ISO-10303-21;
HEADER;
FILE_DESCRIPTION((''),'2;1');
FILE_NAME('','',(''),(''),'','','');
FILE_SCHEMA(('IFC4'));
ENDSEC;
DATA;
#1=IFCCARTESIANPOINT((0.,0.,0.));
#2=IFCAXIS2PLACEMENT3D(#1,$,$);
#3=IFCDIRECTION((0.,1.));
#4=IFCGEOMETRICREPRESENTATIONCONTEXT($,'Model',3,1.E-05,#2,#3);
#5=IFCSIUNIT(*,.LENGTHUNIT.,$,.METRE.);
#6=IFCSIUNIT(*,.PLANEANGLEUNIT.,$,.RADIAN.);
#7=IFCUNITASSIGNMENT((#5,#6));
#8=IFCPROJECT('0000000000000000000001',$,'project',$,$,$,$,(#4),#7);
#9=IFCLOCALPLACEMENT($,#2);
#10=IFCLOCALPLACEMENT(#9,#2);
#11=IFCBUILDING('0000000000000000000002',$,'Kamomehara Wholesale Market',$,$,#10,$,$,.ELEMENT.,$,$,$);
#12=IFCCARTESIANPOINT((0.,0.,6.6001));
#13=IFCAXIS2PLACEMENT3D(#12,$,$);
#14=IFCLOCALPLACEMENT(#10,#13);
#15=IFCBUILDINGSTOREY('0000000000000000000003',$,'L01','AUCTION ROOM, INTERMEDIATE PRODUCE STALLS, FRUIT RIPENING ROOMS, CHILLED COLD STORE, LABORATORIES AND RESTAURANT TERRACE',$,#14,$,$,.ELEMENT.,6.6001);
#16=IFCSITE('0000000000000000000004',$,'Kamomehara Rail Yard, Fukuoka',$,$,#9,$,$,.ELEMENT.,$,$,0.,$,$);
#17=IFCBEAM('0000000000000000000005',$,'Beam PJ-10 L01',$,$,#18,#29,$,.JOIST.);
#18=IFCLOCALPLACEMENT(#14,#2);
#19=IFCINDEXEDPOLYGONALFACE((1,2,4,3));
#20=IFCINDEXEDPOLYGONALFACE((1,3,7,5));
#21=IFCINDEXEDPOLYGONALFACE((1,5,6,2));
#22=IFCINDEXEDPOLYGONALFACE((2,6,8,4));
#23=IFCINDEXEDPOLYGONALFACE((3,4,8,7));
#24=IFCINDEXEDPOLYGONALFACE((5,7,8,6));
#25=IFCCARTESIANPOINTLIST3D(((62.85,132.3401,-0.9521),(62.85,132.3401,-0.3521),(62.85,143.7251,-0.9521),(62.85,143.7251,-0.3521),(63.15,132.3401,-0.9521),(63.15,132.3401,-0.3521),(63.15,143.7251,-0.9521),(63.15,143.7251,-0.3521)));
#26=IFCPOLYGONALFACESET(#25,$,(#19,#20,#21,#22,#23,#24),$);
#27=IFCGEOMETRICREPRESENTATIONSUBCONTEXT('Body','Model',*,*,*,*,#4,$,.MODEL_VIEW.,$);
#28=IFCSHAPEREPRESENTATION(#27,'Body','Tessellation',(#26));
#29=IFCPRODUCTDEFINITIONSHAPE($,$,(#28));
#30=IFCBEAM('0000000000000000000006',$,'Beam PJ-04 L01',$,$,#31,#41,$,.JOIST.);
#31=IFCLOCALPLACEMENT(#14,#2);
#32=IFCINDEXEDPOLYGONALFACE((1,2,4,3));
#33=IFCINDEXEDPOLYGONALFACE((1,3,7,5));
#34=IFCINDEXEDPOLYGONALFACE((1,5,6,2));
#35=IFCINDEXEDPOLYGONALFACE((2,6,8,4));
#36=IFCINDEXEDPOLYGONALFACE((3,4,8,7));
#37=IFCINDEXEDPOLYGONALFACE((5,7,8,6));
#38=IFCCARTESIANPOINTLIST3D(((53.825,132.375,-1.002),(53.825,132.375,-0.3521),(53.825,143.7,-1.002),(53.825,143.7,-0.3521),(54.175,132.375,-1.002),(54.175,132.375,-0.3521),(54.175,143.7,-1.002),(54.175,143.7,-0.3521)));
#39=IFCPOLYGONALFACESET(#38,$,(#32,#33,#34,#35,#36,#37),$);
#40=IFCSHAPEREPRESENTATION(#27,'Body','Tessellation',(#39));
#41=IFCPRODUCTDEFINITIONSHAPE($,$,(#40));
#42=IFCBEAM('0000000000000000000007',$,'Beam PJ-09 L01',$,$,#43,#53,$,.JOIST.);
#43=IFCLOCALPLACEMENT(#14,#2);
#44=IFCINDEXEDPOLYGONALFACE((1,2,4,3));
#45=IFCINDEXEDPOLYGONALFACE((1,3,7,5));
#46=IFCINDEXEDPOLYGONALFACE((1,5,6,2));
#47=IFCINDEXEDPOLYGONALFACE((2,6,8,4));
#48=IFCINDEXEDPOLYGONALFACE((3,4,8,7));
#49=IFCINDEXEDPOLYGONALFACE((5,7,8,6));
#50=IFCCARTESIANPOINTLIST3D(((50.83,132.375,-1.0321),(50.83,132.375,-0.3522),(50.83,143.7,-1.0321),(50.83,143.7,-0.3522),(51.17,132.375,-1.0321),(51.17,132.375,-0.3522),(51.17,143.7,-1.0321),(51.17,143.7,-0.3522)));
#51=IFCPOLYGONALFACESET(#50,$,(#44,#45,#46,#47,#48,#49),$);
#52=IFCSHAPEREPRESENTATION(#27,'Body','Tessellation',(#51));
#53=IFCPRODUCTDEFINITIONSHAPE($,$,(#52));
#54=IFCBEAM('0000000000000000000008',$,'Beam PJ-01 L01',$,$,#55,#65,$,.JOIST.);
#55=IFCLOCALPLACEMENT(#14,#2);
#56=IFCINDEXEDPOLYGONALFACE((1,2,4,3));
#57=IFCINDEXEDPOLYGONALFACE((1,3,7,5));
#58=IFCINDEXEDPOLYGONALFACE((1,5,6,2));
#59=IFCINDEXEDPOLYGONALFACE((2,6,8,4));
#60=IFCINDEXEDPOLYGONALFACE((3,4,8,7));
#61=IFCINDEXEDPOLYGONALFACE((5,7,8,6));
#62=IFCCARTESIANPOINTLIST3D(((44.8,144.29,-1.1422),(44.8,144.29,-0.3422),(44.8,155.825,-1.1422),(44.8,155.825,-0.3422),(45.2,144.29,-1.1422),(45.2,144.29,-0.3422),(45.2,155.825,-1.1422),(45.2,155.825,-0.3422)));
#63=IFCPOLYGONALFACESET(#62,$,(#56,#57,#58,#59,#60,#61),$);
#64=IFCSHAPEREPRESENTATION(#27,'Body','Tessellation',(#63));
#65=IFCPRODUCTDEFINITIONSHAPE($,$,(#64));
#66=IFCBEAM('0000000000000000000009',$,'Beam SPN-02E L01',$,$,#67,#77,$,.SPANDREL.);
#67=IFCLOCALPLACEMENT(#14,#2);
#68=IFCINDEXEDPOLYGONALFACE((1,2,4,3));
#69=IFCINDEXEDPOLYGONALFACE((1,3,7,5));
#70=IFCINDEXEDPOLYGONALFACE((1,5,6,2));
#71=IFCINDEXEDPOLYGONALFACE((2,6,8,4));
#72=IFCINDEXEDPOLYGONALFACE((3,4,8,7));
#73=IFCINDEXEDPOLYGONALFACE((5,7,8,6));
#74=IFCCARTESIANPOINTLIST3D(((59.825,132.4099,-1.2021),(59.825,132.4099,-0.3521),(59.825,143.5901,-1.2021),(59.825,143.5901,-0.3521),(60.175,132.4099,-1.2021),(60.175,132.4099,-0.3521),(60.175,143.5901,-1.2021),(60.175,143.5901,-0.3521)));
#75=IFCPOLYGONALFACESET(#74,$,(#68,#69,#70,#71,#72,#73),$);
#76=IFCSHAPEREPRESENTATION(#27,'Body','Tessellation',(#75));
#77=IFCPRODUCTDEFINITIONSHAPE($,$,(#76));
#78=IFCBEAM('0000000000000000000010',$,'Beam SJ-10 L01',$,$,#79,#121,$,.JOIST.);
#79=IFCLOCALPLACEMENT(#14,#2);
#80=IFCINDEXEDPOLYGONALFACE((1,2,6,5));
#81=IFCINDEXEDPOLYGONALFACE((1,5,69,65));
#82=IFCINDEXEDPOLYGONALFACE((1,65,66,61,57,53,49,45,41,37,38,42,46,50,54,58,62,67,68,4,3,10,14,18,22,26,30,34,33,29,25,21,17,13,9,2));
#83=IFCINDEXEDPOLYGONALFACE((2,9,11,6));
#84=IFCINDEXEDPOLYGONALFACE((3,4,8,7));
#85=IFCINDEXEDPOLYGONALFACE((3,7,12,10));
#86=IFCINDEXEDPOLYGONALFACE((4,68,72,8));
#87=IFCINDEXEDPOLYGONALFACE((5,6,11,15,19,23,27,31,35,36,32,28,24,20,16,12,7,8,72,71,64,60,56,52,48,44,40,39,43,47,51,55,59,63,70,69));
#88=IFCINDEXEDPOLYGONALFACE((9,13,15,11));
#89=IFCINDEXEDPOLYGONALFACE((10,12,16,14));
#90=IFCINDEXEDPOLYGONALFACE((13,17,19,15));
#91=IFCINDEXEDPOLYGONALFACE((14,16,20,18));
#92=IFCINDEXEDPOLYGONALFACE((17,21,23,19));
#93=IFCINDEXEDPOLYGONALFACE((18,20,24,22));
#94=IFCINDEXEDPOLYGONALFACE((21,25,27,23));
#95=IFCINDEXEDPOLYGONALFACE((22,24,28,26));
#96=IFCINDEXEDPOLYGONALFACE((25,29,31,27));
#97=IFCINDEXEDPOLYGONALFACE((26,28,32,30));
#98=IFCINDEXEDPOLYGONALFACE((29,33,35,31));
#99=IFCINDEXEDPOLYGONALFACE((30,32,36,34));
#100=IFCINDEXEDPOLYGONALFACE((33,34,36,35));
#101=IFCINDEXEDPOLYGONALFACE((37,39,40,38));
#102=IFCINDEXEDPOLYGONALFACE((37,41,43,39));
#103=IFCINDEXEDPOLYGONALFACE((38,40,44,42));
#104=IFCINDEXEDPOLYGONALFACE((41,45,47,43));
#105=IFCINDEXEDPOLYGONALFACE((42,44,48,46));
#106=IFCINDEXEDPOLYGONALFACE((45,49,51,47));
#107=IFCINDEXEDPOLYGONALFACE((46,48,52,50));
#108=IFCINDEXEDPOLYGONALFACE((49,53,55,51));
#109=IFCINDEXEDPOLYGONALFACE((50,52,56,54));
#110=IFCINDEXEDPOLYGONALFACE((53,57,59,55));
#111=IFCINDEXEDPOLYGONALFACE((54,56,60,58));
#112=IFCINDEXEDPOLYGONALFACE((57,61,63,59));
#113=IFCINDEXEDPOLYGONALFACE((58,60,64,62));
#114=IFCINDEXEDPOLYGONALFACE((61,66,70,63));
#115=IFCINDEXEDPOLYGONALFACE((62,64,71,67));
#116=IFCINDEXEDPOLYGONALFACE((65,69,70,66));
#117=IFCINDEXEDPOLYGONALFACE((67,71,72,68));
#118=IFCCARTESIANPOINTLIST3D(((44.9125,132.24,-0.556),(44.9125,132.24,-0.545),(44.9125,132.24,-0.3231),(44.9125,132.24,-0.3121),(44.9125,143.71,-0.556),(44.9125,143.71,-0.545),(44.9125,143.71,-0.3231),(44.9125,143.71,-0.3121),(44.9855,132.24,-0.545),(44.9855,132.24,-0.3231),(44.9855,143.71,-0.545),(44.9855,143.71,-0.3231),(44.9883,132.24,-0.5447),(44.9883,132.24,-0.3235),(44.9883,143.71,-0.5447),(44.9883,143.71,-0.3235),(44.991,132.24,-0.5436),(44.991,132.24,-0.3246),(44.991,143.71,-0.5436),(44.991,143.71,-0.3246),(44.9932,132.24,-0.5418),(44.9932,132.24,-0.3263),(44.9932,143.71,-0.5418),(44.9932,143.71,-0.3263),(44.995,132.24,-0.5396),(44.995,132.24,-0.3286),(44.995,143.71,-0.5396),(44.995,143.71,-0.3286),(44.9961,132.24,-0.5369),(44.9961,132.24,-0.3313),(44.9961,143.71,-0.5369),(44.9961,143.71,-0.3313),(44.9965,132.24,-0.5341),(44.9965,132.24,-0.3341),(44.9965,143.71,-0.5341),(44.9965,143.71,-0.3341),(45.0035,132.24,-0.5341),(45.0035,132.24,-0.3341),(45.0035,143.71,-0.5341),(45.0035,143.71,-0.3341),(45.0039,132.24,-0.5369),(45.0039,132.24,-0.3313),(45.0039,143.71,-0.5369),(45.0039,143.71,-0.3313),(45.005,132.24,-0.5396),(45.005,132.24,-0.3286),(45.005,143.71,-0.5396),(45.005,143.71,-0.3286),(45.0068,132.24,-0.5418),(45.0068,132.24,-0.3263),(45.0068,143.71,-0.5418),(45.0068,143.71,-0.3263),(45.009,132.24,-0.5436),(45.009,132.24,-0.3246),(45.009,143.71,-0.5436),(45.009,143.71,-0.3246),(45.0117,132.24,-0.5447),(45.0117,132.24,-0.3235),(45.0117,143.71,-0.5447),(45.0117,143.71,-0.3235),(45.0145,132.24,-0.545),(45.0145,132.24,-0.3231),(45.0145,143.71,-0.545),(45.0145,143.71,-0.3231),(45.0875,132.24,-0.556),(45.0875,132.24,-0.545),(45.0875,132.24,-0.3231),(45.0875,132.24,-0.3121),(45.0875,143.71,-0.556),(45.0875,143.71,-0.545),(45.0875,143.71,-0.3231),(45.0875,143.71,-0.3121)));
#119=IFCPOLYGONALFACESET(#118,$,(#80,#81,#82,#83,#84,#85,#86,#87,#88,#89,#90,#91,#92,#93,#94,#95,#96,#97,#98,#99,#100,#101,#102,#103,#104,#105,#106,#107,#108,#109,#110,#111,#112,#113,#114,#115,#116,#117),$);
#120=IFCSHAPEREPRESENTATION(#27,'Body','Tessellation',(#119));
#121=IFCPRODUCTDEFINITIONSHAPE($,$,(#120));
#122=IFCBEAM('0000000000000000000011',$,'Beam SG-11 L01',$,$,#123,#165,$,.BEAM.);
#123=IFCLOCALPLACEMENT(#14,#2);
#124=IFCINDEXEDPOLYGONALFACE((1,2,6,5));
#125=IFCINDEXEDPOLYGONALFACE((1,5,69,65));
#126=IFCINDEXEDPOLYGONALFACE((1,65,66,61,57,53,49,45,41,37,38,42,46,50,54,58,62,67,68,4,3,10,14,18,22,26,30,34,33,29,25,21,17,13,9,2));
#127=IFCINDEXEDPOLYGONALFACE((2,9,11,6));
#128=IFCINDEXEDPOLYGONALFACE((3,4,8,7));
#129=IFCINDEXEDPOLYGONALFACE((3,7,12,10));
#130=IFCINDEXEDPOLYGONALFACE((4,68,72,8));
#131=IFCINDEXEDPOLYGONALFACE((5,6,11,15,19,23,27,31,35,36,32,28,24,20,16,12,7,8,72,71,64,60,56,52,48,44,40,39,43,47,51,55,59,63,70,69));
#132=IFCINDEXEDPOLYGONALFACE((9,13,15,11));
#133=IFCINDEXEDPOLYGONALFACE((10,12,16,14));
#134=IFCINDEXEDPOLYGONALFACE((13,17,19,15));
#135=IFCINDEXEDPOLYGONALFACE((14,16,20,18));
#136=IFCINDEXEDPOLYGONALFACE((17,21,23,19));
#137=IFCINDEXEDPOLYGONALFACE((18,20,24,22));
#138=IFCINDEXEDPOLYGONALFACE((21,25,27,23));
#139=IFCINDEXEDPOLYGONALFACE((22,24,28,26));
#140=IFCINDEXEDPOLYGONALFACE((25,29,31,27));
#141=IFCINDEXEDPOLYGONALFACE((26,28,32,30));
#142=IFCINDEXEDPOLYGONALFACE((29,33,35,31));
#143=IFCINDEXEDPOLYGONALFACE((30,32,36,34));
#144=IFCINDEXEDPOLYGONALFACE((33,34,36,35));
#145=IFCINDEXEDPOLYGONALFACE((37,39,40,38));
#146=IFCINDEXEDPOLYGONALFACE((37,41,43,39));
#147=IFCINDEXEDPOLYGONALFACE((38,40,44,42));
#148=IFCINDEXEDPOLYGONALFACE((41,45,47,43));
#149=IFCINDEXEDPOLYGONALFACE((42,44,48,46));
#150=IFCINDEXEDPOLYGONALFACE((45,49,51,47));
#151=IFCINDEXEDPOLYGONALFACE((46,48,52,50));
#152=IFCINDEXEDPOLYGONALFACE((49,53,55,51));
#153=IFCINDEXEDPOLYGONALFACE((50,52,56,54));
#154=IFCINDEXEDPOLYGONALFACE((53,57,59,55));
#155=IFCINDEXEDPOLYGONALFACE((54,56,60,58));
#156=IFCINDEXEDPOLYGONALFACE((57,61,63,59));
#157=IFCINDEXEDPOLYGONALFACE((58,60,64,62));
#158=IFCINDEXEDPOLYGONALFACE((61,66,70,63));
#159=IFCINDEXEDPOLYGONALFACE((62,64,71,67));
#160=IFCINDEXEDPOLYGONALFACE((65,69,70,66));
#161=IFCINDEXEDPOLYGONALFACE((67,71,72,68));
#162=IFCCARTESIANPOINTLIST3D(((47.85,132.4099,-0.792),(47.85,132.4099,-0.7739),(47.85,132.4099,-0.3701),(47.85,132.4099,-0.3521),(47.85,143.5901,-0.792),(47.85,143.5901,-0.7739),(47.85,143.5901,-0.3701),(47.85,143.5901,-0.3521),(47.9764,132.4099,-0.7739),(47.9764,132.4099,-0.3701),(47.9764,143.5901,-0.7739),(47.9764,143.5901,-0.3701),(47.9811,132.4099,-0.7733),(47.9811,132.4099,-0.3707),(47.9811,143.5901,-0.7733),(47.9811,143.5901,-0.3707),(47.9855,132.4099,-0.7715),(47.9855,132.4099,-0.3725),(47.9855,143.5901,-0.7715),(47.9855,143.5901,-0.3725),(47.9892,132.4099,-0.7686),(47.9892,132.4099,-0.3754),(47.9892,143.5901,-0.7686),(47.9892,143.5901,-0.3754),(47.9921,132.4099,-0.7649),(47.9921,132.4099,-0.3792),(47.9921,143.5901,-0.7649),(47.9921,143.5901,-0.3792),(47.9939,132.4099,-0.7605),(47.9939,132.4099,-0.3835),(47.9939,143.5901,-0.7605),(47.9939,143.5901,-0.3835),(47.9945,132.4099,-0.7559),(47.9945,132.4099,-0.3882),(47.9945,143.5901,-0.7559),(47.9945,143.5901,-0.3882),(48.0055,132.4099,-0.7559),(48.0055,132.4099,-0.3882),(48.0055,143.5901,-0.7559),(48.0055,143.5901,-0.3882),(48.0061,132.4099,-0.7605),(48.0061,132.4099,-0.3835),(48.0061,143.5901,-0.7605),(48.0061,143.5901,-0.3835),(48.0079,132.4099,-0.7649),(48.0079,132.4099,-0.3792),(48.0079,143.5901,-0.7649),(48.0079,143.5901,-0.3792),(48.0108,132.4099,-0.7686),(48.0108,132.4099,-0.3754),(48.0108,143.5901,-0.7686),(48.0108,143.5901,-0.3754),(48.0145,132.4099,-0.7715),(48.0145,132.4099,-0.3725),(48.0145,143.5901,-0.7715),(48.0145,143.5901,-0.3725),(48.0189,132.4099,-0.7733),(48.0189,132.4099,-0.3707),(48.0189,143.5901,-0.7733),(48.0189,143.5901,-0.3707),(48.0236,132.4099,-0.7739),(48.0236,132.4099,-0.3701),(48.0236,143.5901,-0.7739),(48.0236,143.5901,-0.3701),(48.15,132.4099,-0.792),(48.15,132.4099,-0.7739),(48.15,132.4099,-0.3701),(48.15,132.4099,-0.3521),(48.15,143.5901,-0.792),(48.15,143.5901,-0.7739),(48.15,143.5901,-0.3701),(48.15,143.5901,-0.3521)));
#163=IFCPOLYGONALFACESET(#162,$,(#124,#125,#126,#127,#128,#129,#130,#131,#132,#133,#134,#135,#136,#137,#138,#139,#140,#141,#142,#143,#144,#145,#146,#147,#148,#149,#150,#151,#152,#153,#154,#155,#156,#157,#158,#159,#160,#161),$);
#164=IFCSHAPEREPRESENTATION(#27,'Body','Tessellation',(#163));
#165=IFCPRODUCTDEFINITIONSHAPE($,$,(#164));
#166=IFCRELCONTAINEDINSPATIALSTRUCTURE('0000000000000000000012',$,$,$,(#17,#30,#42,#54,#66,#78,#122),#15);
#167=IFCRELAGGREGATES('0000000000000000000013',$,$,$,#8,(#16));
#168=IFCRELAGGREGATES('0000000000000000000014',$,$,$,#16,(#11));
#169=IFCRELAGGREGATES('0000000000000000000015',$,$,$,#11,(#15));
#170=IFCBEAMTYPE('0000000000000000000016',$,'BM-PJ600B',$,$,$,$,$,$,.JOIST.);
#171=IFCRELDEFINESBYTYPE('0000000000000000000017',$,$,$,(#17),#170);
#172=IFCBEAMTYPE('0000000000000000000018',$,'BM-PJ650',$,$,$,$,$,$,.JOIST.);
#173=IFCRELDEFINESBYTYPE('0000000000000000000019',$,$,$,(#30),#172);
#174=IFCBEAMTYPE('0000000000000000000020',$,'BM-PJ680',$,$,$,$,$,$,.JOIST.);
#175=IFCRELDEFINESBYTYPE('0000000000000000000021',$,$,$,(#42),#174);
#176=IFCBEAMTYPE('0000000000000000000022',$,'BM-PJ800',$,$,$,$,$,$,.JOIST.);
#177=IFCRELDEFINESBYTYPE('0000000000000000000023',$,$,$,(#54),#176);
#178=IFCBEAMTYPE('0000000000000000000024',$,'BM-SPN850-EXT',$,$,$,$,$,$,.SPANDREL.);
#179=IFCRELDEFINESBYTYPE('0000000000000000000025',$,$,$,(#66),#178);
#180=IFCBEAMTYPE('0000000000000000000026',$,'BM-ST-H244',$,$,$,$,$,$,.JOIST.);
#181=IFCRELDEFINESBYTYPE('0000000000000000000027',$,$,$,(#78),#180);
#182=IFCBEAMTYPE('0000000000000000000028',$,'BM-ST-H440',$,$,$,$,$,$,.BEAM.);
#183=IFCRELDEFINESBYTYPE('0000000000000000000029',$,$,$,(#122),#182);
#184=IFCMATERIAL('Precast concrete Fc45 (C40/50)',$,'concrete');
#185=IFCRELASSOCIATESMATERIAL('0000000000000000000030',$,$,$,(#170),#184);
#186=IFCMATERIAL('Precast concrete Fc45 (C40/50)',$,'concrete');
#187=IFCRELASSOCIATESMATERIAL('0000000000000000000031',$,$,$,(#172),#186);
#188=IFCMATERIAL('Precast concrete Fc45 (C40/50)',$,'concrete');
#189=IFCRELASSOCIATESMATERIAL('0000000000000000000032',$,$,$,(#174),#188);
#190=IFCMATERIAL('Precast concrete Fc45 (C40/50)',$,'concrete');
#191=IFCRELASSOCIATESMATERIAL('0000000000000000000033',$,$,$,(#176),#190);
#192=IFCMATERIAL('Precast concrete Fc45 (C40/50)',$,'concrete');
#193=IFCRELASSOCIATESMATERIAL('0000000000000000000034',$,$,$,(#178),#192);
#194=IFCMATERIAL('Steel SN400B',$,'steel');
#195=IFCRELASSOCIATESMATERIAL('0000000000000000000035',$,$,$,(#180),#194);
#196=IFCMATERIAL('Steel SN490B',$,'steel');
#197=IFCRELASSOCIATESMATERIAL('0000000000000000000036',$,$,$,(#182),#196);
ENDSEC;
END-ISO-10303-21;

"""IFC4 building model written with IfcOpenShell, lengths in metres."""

from ifc_helpers import new_model, si_unit, direction, frame, origin, origin_2d, place, context, subcontext, project, spatial, rectangle, i_section, extrude, material, material_profile, profile_set, type_object, element, save


model = new_model("IFC4")

# Units and contexts
model_context = context("Model", 3, precision=1e-05, world=origin(), true_north=direction((0.0, 1.0)))
body_context = subcontext(model_context, "Body", "Model", "MODEL_VIEW")
ifc_project = project(units=[si_unit("LENGTHUNIT", "METRE"), si_unit("PLANEANGLEUNIT", "RADIAN")], contexts=[model_context])

# Site, building, storey
site_placement = place(None, origin())
site = spatial("IfcSite", under=ifc_project, at=site_placement, Name="Kamomehara Rail Yard, Fukuoka", CompositionType="ELEMENT", RefElevation=0.0)
building_placement = place(site_placement, origin())
building = spatial("IfcBuilding", under=site, at=building_placement, Name="Kamomehara Wholesale Market", CompositionType="ELEMENT")
storey_placement = place(building_placement, frame((0.0, 0.0, 6.6001)))
storey = spatial("IfcBuildingStorey", under=building, at=storey_placement, Name="L01", Description="AUCTION ROOM, INTERMEDIATE PRODUCE STALLS, FRUIT RIPENING ROOMS, CHILLED COLD STORE, LABORATORIES AND RESTAURANT TERRACE", CompositionType="ELEMENT", Elevation=6.6001)

# Beams
ifc_material_1 = material(Name="Precast concrete Fc45 (C40/50)", Category="concrete")
ifc_material_profile_1 = material_profile(ifc_material_1, rectangle(XDim=0.3, YDim=0.6001, at=origin_2d()), Name="PC-JST-300x600")
ifc_profile_set_1 = profile_set([ifc_material_profile_1], Name="Precast concrete Fc45 (C40/50)")
beam_type_1 = type_object("IfcBeamType", Name="BM-PJ600B", PredefinedType="JOIST", material=ifc_profile_set_1)
beam_1_placement = place(storey_placement, frame((63.0, 132.3401, -0.6521), z_axis=(0.0, 1.0, 0.0), x_axis=(-1.0, 0.0, 0.0)))
element("IfcBeam", 1, at=beam_1_placement, inside=storey, type_object=beam_type_1, Name="Beam PJ-10 L01", PredefinedType="JOIST", context=body_context, shape_type="SweptSolid", body=[
    extrude(rectangle(XDim=0.3, YDim=0.6001, at=origin_2d()), origin(), (0.0, 0.0, 1.0), 11.385),
])
ifc_material_2 = material(Name="Precast concrete Fc45 (C40/50)", Category="concrete")
ifc_material_profile_2 = material_profile(ifc_material_2, rectangle(XDim=0.3501, YDim=0.6499, at=origin_2d()), Name="PC-JST-350x650")
ifc_profile_set_2 = profile_set([ifc_material_profile_2], Name="Precast concrete Fc45 (C40/50)")
beam_type_2 = type_object("IfcBeamType", Name="BM-PJ650", PredefinedType="JOIST", material=ifc_profile_set_2)
beam_2_placement = place(storey_placement, frame((54.0, 132.375, -0.677), z_axis=(0.0, 1.0, 0.0), x_axis=(-1.0, 0.0, 0.0)))
element("IfcBeam", 2, at=beam_2_placement, inside=storey, type_object=beam_type_2, Name="Beam PJ-04 L01", PredefinedType="JOIST", context=body_context, shape_type="SweptSolid", body=[
    extrude(rectangle(XDim=0.3501, YDim=0.6499, at=origin_2d()), origin(), (0.0, 0.0, 1.0), 11.325),
])
ifc_material_3 = material(Name="Precast concrete Fc45 (C40/50)", Category="concrete")
ifc_material_profile_3 = material_profile(ifc_material_3, rectangle(XDim=0.3401, YDim=0.6799, at=origin_2d()), Name="PC-JST-340x680")
ifc_profile_set_3 = profile_set([ifc_material_profile_3], Name="Precast concrete Fc45 (C40/50)")
beam_type_3 = type_object("IfcBeamType", Name="BM-PJ680", PredefinedType="JOIST", material=ifc_profile_set_3)
beam_3_placement = place(storey_placement, frame((51.0, 132.375, -0.6921), z_axis=(0.0, 1.0, 0.0), x_axis=(-1.0, 0.0, 0.0)))
element("IfcBeam", 3, at=beam_3_placement, inside=storey, type_object=beam_type_3, Name="Beam PJ-09 L01", PredefinedType="JOIST", context=body_context, shape_type="SweptSolid", body=[
    extrude(rectangle(XDim=0.3401, YDim=0.6799, at=origin_2d()), origin(), (0.0, 0.0, 1.0), 11.325),
])
ifc_material_4 = material(Name="Precast concrete Fc45 (C40/50)", Category="concrete")
ifc_material_profile_4 = material_profile(ifc_material_4, rectangle(XDim=0.3999, YDim=0.8, at=origin_2d()), Name="PC-JST-400x800")
ifc_profile_set_4 = profile_set([ifc_material_profile_4], Name="Precast concrete Fc45 (C40/50)")
beam_type_4 = type_object("IfcBeamType", Name="BM-PJ800", PredefinedType="JOIST", material=ifc_profile_set_4)
beam_4_placement = place(storey_placement, frame((45.0, 144.29, -0.7422), z_axis=(0.0, 1.0, 0.0), x_axis=(-1.0, 0.0, 0.0)))
element("IfcBeam", 4, at=beam_4_placement, inside=storey, type_object=beam_type_4, Name="Beam PJ-01 L01", PredefinedType="JOIST", context=body_context, shape_type="SweptSolid", body=[
    extrude(rectangle(XDim=0.3999, YDim=0.8, at=origin_2d()), origin(), (0.0, 0.0, 1.0), 11.5349),
])
ifc_material_5 = material(Name="Precast concrete Fc45 (C40/50)", Category="concrete")
ifc_material_profile_5 = material_profile(ifc_material_5, rectangle(XDim=0.3501, YDim=0.8501, at=origin_2d()), Name="PC-SPN-350x850")
ifc_profile_set_5 = profile_set([ifc_material_profile_5], Name="Precast concrete Fc45 (C40/50)")
beam_type_5 = type_object("IfcBeamType", Name="BM-SPN850-EXT", PredefinedType="SPANDREL", material=ifc_profile_set_5)
beam_5_placement = place(storey_placement, frame((60.0, 132.4099, -0.7771), z_axis=(0.0, 1.0, 0.0), x_axis=(-1.0, 0.0, 0.0)))
element("IfcBeam", 5, at=beam_5_placement, inside=storey, type_object=beam_type_5, Name="Beam SPN-02E L01", PredefinedType="SPANDREL", context=body_context, shape_type="SweptSolid", body=[
    extrude(rectangle(XDim=0.3501, YDim=0.8501, at=origin_2d()), origin(), (0.0, 0.0, 1.0), 11.1802),
])
ifc_material_6 = material(Name="Steel SN400B", Category="steel")
ifc_material_profile_6 = material_profile(ifc_material_6, i_section(OverallWidth=0.175, OverallDepth=0.2439, WebThickness=0.0071, FlangeThickness=0.011, FilletRadius=0.011, at=origin_2d()), Name="H-244x175x7x11")
ifc_profile_set_6 = profile_set([ifc_material_profile_6], Name="Steel SN400B")
beam_type_6 = type_object("IfcBeamType", Name="BM-ST-H244", PredefinedType="JOIST", material=ifc_profile_set_6)
beam_6_placement = place(storey_placement, frame((45.0, 132.24, -0.4341), z_axis=(0.0, 1.0, 0.0), x_axis=(-1.0, 0.0, 0.0)))
element("IfcBeam", 6, at=beam_6_placement, inside=storey, type_object=beam_type_6, Name="Beam SJ-10 L01", PredefinedType="JOIST", context=body_context, shape_type="SweptSolid", body=[
    extrude(i_section(OverallWidth=0.175, OverallDepth=0.2439, WebThickness=0.0071, FlangeThickness=0.011, FilletRadius=0.011, at=origin_2d()), origin(), (0.0, 0.0, 1.0), 11.47),
])
ifc_material_7 = material(Name="Steel SN490B", Category="steel")
ifc_material_profile_7 = material_profile(ifc_material_7, i_section(OverallWidth=0.3, OverallDepth=0.4399, WebThickness=0.011, FlangeThickness=0.0181, FilletRadius=0.0181, at=origin_2d()), Name="H-440x300x11x18")
ifc_profile_set_7 = profile_set([ifc_material_profile_7], Name="Steel SN490B")
beam_type_7 = type_object("IfcBeamType", Name="BM-ST-H440", PredefinedType="BEAM", material=ifc_profile_set_7)
beam_7_placement = place(storey_placement, frame((48.0, 132.4099, -0.572), z_axis=(0.0, 1.0, 0.0), x_axis=(-1.0, 0.0, 0.0)))
element("IfcBeam", 7, at=beam_7_placement, inside=storey, type_object=beam_type_7, Name="Beam SG-11 L01", PredefinedType="BEAM", context=body_context, shape_type="SweptSolid", body=[
    extrude(i_section(OverallWidth=0.3, OverallDepth=0.4399, WebThickness=0.011, FlangeThickness=0.0181, FilletRadius=0.0181, at=origin_2d()), origin(), (0.0, 0.0, 1.0), 11.1802),
])

save(model, "model.ifc")
